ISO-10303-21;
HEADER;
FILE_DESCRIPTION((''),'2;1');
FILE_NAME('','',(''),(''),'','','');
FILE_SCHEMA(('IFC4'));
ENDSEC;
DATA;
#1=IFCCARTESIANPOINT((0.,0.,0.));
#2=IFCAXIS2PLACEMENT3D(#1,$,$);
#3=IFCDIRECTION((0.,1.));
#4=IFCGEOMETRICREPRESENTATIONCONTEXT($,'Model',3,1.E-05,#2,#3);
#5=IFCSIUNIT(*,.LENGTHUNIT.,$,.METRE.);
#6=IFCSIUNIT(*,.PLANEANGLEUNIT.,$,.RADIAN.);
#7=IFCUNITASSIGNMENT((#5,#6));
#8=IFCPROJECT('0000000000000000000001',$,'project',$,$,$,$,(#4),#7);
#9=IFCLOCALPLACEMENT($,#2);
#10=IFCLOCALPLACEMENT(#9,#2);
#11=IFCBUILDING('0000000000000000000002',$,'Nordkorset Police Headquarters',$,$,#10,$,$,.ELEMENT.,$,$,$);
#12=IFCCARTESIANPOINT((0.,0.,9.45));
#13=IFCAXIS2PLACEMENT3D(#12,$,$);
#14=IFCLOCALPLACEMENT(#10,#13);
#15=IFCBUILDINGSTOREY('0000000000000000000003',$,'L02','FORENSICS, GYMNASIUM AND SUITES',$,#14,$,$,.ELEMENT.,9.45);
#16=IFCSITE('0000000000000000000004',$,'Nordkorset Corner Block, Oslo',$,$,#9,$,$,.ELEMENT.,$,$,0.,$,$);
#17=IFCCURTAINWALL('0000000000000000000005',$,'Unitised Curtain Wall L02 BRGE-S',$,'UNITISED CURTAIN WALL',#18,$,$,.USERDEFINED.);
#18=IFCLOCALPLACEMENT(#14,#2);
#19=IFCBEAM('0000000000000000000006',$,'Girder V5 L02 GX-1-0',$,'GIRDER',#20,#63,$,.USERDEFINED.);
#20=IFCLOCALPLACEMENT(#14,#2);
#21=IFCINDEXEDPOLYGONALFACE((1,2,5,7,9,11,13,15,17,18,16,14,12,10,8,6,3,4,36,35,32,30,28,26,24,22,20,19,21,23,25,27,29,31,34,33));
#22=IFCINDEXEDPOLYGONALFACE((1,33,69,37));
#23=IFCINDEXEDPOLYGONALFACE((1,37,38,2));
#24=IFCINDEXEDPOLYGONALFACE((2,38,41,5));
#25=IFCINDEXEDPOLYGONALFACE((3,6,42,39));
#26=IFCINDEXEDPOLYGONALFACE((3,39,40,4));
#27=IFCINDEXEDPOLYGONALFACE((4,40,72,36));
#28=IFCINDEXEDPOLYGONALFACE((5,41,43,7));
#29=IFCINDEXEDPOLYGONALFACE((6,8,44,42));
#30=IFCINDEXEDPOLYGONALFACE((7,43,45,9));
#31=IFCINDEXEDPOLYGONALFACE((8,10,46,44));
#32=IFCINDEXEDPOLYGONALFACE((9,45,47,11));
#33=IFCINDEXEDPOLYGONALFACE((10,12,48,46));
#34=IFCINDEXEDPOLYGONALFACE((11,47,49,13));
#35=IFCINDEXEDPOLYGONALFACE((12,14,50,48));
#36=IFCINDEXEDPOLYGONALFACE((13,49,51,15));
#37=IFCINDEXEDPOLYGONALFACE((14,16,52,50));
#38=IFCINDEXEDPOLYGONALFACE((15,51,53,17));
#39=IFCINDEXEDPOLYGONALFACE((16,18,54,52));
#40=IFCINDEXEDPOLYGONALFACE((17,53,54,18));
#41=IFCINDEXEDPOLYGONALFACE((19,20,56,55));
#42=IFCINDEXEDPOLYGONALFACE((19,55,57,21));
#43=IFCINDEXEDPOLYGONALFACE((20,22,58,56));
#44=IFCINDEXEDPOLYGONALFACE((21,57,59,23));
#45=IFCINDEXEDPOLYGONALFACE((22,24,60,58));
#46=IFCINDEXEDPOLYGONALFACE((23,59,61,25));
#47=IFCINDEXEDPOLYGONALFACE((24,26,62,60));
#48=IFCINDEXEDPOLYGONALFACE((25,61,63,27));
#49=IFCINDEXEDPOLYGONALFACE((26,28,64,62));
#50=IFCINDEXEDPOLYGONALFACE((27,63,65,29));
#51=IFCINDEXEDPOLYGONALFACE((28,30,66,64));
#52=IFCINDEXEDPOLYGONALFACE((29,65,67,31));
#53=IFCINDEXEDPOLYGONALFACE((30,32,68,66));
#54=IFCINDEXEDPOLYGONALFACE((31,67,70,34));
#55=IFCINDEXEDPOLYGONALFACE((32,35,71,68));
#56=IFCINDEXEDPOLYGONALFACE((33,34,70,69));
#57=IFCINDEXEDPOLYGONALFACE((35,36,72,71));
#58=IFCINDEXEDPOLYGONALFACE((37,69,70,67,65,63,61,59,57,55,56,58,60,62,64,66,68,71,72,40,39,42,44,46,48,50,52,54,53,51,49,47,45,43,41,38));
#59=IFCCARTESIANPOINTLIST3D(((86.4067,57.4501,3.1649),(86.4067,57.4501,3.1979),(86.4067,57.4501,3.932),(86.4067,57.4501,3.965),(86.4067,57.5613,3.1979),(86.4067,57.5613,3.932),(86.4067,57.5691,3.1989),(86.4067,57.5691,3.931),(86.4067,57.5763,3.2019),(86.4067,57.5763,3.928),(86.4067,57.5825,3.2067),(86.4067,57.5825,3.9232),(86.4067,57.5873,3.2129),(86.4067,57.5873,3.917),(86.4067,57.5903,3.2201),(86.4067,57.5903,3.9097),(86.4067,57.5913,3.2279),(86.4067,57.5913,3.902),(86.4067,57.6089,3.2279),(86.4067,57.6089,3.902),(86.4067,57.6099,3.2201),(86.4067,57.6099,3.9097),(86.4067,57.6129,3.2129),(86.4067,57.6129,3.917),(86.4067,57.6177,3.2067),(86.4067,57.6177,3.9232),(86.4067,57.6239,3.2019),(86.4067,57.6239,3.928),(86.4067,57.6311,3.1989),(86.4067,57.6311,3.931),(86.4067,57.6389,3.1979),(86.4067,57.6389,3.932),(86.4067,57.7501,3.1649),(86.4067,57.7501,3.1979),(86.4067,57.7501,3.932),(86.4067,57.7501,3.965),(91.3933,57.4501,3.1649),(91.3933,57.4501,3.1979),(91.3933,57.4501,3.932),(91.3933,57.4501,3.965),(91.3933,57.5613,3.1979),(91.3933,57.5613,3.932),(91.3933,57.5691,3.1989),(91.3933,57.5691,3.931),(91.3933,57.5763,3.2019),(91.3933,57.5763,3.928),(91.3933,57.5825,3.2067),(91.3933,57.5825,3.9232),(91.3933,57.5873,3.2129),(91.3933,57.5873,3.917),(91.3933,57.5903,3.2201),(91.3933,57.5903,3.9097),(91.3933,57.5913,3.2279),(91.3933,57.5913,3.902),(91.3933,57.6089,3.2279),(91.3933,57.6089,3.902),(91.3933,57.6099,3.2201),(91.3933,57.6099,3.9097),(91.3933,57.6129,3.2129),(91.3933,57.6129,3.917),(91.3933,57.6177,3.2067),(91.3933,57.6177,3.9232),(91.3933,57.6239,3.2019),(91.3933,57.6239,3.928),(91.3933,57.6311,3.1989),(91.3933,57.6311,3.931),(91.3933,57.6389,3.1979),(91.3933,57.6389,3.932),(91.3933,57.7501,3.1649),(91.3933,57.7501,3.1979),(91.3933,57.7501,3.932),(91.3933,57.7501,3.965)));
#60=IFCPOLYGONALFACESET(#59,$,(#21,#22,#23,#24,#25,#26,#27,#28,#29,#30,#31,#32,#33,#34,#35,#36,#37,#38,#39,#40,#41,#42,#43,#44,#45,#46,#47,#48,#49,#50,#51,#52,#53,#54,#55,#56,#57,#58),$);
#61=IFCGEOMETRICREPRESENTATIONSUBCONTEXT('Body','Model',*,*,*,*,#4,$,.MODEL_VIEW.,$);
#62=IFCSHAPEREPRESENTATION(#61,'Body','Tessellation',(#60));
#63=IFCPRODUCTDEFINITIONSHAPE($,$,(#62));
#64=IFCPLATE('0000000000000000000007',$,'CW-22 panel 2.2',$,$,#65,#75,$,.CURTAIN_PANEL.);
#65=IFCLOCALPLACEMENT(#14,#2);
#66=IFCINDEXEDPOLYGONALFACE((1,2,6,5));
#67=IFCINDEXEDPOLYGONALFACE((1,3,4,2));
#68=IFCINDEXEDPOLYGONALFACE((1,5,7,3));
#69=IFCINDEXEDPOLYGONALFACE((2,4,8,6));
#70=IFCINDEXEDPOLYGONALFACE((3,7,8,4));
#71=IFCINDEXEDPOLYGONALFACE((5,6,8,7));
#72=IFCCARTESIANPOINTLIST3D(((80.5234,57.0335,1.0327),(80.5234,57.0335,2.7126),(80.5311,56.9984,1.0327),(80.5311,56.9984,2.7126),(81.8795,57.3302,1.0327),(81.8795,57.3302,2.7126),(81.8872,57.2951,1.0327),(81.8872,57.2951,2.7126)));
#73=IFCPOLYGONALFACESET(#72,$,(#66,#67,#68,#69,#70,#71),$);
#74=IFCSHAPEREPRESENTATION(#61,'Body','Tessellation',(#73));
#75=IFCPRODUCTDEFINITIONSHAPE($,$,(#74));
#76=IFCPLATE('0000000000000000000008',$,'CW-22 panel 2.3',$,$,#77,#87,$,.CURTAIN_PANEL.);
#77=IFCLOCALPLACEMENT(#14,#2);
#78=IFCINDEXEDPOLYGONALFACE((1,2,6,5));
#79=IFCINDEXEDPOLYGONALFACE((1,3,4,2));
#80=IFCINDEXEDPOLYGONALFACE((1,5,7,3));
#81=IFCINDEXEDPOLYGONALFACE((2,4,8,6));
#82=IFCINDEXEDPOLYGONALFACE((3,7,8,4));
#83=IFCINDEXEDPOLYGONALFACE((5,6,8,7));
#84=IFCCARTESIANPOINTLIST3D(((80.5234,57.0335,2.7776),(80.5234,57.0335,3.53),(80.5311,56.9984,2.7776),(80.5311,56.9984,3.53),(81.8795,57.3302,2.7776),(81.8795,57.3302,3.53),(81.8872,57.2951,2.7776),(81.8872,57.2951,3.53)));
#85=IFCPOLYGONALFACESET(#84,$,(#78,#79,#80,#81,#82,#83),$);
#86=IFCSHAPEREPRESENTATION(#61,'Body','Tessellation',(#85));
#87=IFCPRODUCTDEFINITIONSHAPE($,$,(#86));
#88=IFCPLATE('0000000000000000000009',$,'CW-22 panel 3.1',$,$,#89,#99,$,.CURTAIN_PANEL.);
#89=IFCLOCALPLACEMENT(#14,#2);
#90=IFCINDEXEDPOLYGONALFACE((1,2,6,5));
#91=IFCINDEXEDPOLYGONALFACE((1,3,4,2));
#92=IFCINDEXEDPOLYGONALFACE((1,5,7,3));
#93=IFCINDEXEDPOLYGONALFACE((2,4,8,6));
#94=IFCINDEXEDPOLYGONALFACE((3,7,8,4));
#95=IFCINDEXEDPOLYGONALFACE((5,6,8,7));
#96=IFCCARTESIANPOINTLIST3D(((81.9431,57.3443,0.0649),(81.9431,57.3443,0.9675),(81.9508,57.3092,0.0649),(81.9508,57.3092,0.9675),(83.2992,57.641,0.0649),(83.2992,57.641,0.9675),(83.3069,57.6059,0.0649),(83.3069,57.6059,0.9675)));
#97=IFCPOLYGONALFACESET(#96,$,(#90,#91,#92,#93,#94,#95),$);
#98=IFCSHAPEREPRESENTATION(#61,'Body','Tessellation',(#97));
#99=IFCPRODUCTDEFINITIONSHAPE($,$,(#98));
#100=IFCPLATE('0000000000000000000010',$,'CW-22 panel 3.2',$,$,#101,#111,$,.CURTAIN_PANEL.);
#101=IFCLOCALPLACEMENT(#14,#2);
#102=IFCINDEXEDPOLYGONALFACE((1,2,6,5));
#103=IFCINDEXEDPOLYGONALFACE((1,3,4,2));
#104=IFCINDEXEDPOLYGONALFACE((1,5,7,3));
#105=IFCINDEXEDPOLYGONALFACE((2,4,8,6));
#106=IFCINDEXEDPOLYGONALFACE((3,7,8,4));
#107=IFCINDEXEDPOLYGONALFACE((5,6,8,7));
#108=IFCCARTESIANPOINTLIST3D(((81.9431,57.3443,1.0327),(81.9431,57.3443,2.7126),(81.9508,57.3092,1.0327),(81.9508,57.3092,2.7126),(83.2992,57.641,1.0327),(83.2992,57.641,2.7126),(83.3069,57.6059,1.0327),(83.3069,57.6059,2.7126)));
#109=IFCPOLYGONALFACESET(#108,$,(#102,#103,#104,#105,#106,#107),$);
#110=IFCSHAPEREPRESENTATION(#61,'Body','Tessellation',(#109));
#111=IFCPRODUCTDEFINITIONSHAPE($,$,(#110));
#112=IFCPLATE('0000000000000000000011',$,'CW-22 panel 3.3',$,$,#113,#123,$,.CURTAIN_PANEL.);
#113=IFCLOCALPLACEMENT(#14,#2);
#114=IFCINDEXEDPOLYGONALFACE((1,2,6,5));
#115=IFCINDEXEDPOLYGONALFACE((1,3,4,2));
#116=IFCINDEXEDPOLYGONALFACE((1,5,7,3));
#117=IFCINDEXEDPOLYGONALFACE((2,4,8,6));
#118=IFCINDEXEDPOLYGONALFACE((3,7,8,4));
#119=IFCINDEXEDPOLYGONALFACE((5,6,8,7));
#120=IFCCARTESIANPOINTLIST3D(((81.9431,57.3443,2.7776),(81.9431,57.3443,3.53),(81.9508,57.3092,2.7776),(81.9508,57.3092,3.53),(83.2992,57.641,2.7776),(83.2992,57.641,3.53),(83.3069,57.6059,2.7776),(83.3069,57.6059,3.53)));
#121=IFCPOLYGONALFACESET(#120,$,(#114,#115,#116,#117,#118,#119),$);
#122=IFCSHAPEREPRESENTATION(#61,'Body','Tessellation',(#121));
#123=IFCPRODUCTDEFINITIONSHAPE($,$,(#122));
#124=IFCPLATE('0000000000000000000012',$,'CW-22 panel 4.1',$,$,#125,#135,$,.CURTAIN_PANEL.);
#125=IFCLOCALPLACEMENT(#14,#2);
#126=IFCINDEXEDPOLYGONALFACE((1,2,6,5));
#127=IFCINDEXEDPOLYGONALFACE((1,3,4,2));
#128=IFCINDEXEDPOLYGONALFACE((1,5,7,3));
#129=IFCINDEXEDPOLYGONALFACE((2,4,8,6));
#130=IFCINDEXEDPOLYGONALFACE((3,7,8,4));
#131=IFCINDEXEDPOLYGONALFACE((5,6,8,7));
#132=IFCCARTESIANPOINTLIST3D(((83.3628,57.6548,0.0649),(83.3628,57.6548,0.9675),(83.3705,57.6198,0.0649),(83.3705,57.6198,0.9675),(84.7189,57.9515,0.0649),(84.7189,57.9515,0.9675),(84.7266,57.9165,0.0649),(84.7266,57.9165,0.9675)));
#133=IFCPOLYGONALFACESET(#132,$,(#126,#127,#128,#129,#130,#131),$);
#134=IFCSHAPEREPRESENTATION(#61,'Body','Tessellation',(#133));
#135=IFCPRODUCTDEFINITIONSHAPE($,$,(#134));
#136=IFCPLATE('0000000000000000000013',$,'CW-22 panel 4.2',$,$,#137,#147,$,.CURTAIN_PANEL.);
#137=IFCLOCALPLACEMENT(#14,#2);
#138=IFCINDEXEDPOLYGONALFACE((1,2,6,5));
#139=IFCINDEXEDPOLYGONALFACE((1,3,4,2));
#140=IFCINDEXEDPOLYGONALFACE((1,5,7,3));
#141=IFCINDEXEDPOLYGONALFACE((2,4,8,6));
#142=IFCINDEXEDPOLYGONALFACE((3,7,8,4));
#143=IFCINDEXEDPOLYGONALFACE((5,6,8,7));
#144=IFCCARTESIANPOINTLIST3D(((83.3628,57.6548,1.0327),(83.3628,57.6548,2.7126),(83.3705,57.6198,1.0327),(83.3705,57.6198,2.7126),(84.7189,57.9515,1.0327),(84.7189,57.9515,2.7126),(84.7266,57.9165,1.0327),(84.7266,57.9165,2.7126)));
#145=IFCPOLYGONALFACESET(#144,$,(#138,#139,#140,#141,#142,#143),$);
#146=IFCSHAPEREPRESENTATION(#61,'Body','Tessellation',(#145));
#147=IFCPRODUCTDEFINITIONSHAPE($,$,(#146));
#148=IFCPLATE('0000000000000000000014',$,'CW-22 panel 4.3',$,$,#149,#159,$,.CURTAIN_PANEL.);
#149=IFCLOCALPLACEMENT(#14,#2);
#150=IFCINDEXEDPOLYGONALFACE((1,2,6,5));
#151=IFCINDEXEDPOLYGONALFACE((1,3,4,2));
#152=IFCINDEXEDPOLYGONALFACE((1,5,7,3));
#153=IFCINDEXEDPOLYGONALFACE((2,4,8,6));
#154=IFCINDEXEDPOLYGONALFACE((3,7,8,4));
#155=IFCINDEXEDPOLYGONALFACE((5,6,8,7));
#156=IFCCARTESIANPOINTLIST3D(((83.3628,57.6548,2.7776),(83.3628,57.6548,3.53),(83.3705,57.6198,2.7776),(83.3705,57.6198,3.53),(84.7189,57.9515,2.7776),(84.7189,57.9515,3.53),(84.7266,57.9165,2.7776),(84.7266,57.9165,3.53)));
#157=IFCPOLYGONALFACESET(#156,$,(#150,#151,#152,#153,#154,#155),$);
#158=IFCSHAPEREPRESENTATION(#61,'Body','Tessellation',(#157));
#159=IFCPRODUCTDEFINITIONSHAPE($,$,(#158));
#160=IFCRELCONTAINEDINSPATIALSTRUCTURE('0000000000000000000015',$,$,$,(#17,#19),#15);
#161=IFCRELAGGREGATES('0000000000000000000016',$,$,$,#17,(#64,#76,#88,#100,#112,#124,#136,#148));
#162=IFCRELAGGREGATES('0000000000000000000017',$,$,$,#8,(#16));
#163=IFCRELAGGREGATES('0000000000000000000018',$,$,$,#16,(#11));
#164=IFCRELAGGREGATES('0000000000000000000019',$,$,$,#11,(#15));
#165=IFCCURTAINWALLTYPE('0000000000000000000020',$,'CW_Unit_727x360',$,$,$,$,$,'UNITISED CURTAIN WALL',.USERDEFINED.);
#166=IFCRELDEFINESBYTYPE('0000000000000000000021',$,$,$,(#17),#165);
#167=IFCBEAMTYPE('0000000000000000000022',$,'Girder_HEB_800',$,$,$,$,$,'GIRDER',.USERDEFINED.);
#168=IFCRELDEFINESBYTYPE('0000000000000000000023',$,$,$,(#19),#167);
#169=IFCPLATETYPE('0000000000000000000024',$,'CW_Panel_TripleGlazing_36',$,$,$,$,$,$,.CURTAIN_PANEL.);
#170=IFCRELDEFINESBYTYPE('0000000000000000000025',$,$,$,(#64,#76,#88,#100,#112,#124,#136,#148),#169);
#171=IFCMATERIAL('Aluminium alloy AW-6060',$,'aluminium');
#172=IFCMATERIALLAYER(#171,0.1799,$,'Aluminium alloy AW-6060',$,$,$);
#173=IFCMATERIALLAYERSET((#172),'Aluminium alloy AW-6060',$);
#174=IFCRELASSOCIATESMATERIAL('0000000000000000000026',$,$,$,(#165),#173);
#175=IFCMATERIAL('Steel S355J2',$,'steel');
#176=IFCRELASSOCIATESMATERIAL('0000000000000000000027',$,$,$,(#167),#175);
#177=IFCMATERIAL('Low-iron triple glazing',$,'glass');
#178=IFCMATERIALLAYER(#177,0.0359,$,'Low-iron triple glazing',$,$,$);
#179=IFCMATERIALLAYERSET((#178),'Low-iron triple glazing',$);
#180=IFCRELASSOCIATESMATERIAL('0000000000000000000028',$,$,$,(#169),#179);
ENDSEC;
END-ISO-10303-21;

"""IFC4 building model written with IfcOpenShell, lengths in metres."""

from ifc_helpers import new_model, si_unit, direction, frame, origin, origin_2d, place, context, subcontext, project, spatial, rectangle, i_section, extrude, material, layer, layer_set, material_profile, profile_set, type_object, element, aggregate, save


model = new_model("IFC4")

# Units and contexts
model_context = context("Model", 3, precision=1e-05, world=origin(), true_north=direction((0.0, 1.0)))
body_context = subcontext(model_context, "Body", "Model", "MODEL_VIEW")
ifc_project = project(units=[si_unit("LENGTHUNIT", "METRE"), si_unit("PLANEANGLEUNIT", "RADIAN")], contexts=[model_context])

# Site, building, storey
site_placement = place(None, origin())
site = spatial("IfcSite", under=ifc_project, at=site_placement, Name="Nordkorset Corner Block, Oslo", CompositionType="ELEMENT", RefElevation=0.0)
building_placement = place(site_placement, origin())
building = spatial("IfcBuilding", under=site, at=building_placement, Name="Nordkorset Police Headquarters", CompositionType="ELEMENT")
storey_placement = place(building_placement, frame((0.0, 0.0, 9.45)))
storey = spatial("IfcBuildingStorey", under=building, at=storey_placement, Name="L02", Description="FORENSICS, GYMNASIUM AND SUITES", CompositionType="ELEMENT", Elevation=9.45)

# Curtain wall
ifc_material_1 = material(Name="Aluminium alloy AW-6060", Category="aluminium")
ifc_layer_1 = layer(ifc_material_1, 0.1799, Name="Aluminium alloy AW-6060")
ifc_layer_set_1 = layer_set([ifc_layer_1], Name="Aluminium alloy AW-6060")
curtain_wall_type = type_object("IfcCurtainWallType", Name="CW_Unit_727x360", ElementType="UNITISED CURTAIN WALL", PredefinedType="USERDEFINED", material=ifc_layer_set_1)
curtain_wall_placement = place(storey_placement, origin())
curtain_wall = element("IfcCurtainWall", 1, at=curtain_wall_placement, inside=storey, type_object=curtain_wall_type, Name="Unitised Curtain Wall L02 BRGE-S", ObjectType="UNITISED CURTAIN WALL", PredefinedType="USERDEFINED")

# Beam
ifc_material_2 = material(Name="Steel S355J2", Category="steel")
ifc_material_profile_1 = material_profile(ifc_material_2, i_section(OverallWidth=0.3, OverallDepth=0.8, WebThickness=0.0176, FlangeThickness=0.033, FilletRadius=0.03, at=origin_2d()), Name="HEB 800")
ifc_profile_set_1 = profile_set([ifc_material_profile_1], Name="Steel S355J2")
beam_type_1 = type_object("IfcBeamType", Name="Girder_HEB_800", ElementType="GIRDER", PredefinedType="USERDEFINED", material=ifc_profile_set_1)
beam_1_placement = place(storey_placement, frame((86.4067, 57.6001, 3.5649), z_axis=(1.0, 0.0, 0.0), x_axis=(0.0, 1.0, 0.0)))
element("IfcBeam", 2, at=beam_1_placement, inside=storey, type_object=beam_type_1, Name="Girder V5 L02 GX-1-0", ObjectType="GIRDER", PredefinedType="USERDEFINED", context=body_context, shape_type="SweptSolid", body=[
    extrude(i_section(OverallWidth=0.3, OverallDepth=0.8, WebThickness=0.0176, FlangeThickness=0.033, FilletRadius=0.03, at=origin_2d()), origin(), (0.0, 0.0, 1.0), 4.9866),
])

# Plates
ifc_material_3 = material(Name="Low-iron triple glazing", Category="glass")
ifc_layer_2 = layer(ifc_material_3, 0.0359, Name="Low-iron triple glazing")
ifc_layer_set_2 = layer_set([ifc_layer_2], Name="Low-iron triple glazing")
plate_type = type_object("IfcPlateType", Name="CW_Panel_TripleGlazing_36", PredefinedType="CURTAIN_PANEL", material=ifc_layer_set_2)
plate_1_placement = place(storey_placement, frame((81.2053, 57.1643, 1.0327), z_axis=(0.0, 0.0, 1.0), x_axis=(0.976891, 0.213737, 0.0)))
plate_1 = element("IfcPlate", 3, at=plate_1_placement, type_object=plate_type, Name="CW-22 panel 2.2", PredefinedType="CURTAIN_PANEL", context=body_context, shape_type="SweptSolid", body=[
    extrude(rectangle(XDim=1.3882, YDim=0.0359, at=origin_2d()), origin(), (0.0, 0.0, 1.0), 1.6799),
])
plate_2_placement = place(storey_placement, frame((81.2053, 57.1643, 2.7776), z_axis=(0.0, 0.0, 1.0), x_axis=(0.976891, 0.213737, 0.0)))
plate_2 = element("IfcPlate", 4, at=plate_2_placement, type_object=plate_type, Name="CW-22 panel 2.3", PredefinedType="CURTAIN_PANEL", context=body_context, shape_type="SweptSolid", body=[
    extrude(rectangle(XDim=1.3882, YDim=0.0359, at=origin_2d()), origin(), (0.0, 0.0, 1.0), 0.7524),
])
plate_3_placement = place(storey_placement, frame((82.625, 57.4751, 0.0649), z_axis=(0.0, 0.0, 1.0), x_axis=(0.976891, 0.213737, 0.0)))
plate_3 = element("IfcPlate", 5, at=plate_3_placement, type_object=plate_type, Name="CW-22 panel 3.1", PredefinedType="CURTAIN_PANEL", context=body_context, shape_type="SweptSolid", body=[
    extrude(rectangle(XDim=1.3882, YDim=0.0359, at=origin_2d()), origin(), (0.0, 0.0, 1.0), 0.9026),
])
plate_4_placement = place(storey_placement, frame((82.625, 57.4751, 1.0327), z_axis=(0.0, 0.0, 1.0), x_axis=(0.976891, 0.213737, 0.0)))
plate_4 = element("IfcPlate", 6, at=plate_4_placement, type_object=plate_type, Name="CW-22 panel 3.2", PredefinedType="CURTAIN_PANEL", context=body_context, shape_type="SweptSolid", body=[
    extrude(rectangle(XDim=1.3882, YDim=0.0359, at=origin_2d()), origin(), (0.0, 0.0, 1.0), 1.6799),
])
plate_5_placement = place(storey_placement, frame((82.625, 57.4751, 2.7776), z_axis=(0.0, 0.0, 1.0), x_axis=(0.976891, 0.213737, 0.0)))
plate_5 = element("IfcPlate", 7, at=plate_5_placement, type_object=plate_type, Name="CW-22 panel 3.3", PredefinedType="CURTAIN_PANEL", context=body_context, shape_type="SweptSolid", body=[
    extrude(rectangle(XDim=1.3882, YDim=0.0359, at=origin_2d()), origin(), (0.0, 0.0, 1.0), 0.7524),
])
plate_6_placement = place(storey_placement, frame((84.0447, 57.7856, 0.0649), z_axis=(0.0, 0.0, 1.0), x_axis=(0.976891, 0.213737, 0.0)))
plate_6 = element("IfcPlate", 8, at=plate_6_placement, type_object=plate_type, Name="CW-22 panel 4.1", PredefinedType="CURTAIN_PANEL", context=body_context, shape_type="SweptSolid", body=[
    extrude(rectangle(XDim=1.3882, YDim=0.0359, at=origin_2d()), origin(), (0.0, 0.0, 1.0), 0.9026),
])
plate_7_placement = place(storey_placement, frame((84.0447, 57.7856, 1.0327), z_axis=(0.0, 0.0, 1.0), x_axis=(0.976891, 0.213737, 0.0)))
plate_7 = element("IfcPlate", 9, at=plate_7_placement, type_object=plate_type, Name="CW-22 panel 4.2", PredefinedType="CURTAIN_PANEL", context=body_context, shape_type="SweptSolid", body=[
    extrude(rectangle(XDim=1.3882, YDim=0.0359, at=origin_2d()), origin(), (0.0, 0.0, 1.0), 1.6799),
])
plate_8_placement = place(storey_placement, frame((84.0447, 57.7856, 2.7776), z_axis=(0.0, 0.0, 1.0), x_axis=(0.976891, 0.213737, 0.0)))
plate_8 = element("IfcPlate", 10, at=plate_8_placement, type_object=plate_type, Name="CW-22 panel 4.3", PredefinedType="CURTAIN_PANEL", context=body_context, shape_type="SweptSolid", body=[
    extrude(rectangle(XDim=1.3882, YDim=0.0359, at=origin_2d()), origin(), (0.0, 0.0, 1.0), 0.7524),
])
aggregate(curtain_wall, [plate_1, plate_2, plate_3, plate_4, plate_5, plate_6, plate_7, plate_8])

save(model, "model.ifc")
